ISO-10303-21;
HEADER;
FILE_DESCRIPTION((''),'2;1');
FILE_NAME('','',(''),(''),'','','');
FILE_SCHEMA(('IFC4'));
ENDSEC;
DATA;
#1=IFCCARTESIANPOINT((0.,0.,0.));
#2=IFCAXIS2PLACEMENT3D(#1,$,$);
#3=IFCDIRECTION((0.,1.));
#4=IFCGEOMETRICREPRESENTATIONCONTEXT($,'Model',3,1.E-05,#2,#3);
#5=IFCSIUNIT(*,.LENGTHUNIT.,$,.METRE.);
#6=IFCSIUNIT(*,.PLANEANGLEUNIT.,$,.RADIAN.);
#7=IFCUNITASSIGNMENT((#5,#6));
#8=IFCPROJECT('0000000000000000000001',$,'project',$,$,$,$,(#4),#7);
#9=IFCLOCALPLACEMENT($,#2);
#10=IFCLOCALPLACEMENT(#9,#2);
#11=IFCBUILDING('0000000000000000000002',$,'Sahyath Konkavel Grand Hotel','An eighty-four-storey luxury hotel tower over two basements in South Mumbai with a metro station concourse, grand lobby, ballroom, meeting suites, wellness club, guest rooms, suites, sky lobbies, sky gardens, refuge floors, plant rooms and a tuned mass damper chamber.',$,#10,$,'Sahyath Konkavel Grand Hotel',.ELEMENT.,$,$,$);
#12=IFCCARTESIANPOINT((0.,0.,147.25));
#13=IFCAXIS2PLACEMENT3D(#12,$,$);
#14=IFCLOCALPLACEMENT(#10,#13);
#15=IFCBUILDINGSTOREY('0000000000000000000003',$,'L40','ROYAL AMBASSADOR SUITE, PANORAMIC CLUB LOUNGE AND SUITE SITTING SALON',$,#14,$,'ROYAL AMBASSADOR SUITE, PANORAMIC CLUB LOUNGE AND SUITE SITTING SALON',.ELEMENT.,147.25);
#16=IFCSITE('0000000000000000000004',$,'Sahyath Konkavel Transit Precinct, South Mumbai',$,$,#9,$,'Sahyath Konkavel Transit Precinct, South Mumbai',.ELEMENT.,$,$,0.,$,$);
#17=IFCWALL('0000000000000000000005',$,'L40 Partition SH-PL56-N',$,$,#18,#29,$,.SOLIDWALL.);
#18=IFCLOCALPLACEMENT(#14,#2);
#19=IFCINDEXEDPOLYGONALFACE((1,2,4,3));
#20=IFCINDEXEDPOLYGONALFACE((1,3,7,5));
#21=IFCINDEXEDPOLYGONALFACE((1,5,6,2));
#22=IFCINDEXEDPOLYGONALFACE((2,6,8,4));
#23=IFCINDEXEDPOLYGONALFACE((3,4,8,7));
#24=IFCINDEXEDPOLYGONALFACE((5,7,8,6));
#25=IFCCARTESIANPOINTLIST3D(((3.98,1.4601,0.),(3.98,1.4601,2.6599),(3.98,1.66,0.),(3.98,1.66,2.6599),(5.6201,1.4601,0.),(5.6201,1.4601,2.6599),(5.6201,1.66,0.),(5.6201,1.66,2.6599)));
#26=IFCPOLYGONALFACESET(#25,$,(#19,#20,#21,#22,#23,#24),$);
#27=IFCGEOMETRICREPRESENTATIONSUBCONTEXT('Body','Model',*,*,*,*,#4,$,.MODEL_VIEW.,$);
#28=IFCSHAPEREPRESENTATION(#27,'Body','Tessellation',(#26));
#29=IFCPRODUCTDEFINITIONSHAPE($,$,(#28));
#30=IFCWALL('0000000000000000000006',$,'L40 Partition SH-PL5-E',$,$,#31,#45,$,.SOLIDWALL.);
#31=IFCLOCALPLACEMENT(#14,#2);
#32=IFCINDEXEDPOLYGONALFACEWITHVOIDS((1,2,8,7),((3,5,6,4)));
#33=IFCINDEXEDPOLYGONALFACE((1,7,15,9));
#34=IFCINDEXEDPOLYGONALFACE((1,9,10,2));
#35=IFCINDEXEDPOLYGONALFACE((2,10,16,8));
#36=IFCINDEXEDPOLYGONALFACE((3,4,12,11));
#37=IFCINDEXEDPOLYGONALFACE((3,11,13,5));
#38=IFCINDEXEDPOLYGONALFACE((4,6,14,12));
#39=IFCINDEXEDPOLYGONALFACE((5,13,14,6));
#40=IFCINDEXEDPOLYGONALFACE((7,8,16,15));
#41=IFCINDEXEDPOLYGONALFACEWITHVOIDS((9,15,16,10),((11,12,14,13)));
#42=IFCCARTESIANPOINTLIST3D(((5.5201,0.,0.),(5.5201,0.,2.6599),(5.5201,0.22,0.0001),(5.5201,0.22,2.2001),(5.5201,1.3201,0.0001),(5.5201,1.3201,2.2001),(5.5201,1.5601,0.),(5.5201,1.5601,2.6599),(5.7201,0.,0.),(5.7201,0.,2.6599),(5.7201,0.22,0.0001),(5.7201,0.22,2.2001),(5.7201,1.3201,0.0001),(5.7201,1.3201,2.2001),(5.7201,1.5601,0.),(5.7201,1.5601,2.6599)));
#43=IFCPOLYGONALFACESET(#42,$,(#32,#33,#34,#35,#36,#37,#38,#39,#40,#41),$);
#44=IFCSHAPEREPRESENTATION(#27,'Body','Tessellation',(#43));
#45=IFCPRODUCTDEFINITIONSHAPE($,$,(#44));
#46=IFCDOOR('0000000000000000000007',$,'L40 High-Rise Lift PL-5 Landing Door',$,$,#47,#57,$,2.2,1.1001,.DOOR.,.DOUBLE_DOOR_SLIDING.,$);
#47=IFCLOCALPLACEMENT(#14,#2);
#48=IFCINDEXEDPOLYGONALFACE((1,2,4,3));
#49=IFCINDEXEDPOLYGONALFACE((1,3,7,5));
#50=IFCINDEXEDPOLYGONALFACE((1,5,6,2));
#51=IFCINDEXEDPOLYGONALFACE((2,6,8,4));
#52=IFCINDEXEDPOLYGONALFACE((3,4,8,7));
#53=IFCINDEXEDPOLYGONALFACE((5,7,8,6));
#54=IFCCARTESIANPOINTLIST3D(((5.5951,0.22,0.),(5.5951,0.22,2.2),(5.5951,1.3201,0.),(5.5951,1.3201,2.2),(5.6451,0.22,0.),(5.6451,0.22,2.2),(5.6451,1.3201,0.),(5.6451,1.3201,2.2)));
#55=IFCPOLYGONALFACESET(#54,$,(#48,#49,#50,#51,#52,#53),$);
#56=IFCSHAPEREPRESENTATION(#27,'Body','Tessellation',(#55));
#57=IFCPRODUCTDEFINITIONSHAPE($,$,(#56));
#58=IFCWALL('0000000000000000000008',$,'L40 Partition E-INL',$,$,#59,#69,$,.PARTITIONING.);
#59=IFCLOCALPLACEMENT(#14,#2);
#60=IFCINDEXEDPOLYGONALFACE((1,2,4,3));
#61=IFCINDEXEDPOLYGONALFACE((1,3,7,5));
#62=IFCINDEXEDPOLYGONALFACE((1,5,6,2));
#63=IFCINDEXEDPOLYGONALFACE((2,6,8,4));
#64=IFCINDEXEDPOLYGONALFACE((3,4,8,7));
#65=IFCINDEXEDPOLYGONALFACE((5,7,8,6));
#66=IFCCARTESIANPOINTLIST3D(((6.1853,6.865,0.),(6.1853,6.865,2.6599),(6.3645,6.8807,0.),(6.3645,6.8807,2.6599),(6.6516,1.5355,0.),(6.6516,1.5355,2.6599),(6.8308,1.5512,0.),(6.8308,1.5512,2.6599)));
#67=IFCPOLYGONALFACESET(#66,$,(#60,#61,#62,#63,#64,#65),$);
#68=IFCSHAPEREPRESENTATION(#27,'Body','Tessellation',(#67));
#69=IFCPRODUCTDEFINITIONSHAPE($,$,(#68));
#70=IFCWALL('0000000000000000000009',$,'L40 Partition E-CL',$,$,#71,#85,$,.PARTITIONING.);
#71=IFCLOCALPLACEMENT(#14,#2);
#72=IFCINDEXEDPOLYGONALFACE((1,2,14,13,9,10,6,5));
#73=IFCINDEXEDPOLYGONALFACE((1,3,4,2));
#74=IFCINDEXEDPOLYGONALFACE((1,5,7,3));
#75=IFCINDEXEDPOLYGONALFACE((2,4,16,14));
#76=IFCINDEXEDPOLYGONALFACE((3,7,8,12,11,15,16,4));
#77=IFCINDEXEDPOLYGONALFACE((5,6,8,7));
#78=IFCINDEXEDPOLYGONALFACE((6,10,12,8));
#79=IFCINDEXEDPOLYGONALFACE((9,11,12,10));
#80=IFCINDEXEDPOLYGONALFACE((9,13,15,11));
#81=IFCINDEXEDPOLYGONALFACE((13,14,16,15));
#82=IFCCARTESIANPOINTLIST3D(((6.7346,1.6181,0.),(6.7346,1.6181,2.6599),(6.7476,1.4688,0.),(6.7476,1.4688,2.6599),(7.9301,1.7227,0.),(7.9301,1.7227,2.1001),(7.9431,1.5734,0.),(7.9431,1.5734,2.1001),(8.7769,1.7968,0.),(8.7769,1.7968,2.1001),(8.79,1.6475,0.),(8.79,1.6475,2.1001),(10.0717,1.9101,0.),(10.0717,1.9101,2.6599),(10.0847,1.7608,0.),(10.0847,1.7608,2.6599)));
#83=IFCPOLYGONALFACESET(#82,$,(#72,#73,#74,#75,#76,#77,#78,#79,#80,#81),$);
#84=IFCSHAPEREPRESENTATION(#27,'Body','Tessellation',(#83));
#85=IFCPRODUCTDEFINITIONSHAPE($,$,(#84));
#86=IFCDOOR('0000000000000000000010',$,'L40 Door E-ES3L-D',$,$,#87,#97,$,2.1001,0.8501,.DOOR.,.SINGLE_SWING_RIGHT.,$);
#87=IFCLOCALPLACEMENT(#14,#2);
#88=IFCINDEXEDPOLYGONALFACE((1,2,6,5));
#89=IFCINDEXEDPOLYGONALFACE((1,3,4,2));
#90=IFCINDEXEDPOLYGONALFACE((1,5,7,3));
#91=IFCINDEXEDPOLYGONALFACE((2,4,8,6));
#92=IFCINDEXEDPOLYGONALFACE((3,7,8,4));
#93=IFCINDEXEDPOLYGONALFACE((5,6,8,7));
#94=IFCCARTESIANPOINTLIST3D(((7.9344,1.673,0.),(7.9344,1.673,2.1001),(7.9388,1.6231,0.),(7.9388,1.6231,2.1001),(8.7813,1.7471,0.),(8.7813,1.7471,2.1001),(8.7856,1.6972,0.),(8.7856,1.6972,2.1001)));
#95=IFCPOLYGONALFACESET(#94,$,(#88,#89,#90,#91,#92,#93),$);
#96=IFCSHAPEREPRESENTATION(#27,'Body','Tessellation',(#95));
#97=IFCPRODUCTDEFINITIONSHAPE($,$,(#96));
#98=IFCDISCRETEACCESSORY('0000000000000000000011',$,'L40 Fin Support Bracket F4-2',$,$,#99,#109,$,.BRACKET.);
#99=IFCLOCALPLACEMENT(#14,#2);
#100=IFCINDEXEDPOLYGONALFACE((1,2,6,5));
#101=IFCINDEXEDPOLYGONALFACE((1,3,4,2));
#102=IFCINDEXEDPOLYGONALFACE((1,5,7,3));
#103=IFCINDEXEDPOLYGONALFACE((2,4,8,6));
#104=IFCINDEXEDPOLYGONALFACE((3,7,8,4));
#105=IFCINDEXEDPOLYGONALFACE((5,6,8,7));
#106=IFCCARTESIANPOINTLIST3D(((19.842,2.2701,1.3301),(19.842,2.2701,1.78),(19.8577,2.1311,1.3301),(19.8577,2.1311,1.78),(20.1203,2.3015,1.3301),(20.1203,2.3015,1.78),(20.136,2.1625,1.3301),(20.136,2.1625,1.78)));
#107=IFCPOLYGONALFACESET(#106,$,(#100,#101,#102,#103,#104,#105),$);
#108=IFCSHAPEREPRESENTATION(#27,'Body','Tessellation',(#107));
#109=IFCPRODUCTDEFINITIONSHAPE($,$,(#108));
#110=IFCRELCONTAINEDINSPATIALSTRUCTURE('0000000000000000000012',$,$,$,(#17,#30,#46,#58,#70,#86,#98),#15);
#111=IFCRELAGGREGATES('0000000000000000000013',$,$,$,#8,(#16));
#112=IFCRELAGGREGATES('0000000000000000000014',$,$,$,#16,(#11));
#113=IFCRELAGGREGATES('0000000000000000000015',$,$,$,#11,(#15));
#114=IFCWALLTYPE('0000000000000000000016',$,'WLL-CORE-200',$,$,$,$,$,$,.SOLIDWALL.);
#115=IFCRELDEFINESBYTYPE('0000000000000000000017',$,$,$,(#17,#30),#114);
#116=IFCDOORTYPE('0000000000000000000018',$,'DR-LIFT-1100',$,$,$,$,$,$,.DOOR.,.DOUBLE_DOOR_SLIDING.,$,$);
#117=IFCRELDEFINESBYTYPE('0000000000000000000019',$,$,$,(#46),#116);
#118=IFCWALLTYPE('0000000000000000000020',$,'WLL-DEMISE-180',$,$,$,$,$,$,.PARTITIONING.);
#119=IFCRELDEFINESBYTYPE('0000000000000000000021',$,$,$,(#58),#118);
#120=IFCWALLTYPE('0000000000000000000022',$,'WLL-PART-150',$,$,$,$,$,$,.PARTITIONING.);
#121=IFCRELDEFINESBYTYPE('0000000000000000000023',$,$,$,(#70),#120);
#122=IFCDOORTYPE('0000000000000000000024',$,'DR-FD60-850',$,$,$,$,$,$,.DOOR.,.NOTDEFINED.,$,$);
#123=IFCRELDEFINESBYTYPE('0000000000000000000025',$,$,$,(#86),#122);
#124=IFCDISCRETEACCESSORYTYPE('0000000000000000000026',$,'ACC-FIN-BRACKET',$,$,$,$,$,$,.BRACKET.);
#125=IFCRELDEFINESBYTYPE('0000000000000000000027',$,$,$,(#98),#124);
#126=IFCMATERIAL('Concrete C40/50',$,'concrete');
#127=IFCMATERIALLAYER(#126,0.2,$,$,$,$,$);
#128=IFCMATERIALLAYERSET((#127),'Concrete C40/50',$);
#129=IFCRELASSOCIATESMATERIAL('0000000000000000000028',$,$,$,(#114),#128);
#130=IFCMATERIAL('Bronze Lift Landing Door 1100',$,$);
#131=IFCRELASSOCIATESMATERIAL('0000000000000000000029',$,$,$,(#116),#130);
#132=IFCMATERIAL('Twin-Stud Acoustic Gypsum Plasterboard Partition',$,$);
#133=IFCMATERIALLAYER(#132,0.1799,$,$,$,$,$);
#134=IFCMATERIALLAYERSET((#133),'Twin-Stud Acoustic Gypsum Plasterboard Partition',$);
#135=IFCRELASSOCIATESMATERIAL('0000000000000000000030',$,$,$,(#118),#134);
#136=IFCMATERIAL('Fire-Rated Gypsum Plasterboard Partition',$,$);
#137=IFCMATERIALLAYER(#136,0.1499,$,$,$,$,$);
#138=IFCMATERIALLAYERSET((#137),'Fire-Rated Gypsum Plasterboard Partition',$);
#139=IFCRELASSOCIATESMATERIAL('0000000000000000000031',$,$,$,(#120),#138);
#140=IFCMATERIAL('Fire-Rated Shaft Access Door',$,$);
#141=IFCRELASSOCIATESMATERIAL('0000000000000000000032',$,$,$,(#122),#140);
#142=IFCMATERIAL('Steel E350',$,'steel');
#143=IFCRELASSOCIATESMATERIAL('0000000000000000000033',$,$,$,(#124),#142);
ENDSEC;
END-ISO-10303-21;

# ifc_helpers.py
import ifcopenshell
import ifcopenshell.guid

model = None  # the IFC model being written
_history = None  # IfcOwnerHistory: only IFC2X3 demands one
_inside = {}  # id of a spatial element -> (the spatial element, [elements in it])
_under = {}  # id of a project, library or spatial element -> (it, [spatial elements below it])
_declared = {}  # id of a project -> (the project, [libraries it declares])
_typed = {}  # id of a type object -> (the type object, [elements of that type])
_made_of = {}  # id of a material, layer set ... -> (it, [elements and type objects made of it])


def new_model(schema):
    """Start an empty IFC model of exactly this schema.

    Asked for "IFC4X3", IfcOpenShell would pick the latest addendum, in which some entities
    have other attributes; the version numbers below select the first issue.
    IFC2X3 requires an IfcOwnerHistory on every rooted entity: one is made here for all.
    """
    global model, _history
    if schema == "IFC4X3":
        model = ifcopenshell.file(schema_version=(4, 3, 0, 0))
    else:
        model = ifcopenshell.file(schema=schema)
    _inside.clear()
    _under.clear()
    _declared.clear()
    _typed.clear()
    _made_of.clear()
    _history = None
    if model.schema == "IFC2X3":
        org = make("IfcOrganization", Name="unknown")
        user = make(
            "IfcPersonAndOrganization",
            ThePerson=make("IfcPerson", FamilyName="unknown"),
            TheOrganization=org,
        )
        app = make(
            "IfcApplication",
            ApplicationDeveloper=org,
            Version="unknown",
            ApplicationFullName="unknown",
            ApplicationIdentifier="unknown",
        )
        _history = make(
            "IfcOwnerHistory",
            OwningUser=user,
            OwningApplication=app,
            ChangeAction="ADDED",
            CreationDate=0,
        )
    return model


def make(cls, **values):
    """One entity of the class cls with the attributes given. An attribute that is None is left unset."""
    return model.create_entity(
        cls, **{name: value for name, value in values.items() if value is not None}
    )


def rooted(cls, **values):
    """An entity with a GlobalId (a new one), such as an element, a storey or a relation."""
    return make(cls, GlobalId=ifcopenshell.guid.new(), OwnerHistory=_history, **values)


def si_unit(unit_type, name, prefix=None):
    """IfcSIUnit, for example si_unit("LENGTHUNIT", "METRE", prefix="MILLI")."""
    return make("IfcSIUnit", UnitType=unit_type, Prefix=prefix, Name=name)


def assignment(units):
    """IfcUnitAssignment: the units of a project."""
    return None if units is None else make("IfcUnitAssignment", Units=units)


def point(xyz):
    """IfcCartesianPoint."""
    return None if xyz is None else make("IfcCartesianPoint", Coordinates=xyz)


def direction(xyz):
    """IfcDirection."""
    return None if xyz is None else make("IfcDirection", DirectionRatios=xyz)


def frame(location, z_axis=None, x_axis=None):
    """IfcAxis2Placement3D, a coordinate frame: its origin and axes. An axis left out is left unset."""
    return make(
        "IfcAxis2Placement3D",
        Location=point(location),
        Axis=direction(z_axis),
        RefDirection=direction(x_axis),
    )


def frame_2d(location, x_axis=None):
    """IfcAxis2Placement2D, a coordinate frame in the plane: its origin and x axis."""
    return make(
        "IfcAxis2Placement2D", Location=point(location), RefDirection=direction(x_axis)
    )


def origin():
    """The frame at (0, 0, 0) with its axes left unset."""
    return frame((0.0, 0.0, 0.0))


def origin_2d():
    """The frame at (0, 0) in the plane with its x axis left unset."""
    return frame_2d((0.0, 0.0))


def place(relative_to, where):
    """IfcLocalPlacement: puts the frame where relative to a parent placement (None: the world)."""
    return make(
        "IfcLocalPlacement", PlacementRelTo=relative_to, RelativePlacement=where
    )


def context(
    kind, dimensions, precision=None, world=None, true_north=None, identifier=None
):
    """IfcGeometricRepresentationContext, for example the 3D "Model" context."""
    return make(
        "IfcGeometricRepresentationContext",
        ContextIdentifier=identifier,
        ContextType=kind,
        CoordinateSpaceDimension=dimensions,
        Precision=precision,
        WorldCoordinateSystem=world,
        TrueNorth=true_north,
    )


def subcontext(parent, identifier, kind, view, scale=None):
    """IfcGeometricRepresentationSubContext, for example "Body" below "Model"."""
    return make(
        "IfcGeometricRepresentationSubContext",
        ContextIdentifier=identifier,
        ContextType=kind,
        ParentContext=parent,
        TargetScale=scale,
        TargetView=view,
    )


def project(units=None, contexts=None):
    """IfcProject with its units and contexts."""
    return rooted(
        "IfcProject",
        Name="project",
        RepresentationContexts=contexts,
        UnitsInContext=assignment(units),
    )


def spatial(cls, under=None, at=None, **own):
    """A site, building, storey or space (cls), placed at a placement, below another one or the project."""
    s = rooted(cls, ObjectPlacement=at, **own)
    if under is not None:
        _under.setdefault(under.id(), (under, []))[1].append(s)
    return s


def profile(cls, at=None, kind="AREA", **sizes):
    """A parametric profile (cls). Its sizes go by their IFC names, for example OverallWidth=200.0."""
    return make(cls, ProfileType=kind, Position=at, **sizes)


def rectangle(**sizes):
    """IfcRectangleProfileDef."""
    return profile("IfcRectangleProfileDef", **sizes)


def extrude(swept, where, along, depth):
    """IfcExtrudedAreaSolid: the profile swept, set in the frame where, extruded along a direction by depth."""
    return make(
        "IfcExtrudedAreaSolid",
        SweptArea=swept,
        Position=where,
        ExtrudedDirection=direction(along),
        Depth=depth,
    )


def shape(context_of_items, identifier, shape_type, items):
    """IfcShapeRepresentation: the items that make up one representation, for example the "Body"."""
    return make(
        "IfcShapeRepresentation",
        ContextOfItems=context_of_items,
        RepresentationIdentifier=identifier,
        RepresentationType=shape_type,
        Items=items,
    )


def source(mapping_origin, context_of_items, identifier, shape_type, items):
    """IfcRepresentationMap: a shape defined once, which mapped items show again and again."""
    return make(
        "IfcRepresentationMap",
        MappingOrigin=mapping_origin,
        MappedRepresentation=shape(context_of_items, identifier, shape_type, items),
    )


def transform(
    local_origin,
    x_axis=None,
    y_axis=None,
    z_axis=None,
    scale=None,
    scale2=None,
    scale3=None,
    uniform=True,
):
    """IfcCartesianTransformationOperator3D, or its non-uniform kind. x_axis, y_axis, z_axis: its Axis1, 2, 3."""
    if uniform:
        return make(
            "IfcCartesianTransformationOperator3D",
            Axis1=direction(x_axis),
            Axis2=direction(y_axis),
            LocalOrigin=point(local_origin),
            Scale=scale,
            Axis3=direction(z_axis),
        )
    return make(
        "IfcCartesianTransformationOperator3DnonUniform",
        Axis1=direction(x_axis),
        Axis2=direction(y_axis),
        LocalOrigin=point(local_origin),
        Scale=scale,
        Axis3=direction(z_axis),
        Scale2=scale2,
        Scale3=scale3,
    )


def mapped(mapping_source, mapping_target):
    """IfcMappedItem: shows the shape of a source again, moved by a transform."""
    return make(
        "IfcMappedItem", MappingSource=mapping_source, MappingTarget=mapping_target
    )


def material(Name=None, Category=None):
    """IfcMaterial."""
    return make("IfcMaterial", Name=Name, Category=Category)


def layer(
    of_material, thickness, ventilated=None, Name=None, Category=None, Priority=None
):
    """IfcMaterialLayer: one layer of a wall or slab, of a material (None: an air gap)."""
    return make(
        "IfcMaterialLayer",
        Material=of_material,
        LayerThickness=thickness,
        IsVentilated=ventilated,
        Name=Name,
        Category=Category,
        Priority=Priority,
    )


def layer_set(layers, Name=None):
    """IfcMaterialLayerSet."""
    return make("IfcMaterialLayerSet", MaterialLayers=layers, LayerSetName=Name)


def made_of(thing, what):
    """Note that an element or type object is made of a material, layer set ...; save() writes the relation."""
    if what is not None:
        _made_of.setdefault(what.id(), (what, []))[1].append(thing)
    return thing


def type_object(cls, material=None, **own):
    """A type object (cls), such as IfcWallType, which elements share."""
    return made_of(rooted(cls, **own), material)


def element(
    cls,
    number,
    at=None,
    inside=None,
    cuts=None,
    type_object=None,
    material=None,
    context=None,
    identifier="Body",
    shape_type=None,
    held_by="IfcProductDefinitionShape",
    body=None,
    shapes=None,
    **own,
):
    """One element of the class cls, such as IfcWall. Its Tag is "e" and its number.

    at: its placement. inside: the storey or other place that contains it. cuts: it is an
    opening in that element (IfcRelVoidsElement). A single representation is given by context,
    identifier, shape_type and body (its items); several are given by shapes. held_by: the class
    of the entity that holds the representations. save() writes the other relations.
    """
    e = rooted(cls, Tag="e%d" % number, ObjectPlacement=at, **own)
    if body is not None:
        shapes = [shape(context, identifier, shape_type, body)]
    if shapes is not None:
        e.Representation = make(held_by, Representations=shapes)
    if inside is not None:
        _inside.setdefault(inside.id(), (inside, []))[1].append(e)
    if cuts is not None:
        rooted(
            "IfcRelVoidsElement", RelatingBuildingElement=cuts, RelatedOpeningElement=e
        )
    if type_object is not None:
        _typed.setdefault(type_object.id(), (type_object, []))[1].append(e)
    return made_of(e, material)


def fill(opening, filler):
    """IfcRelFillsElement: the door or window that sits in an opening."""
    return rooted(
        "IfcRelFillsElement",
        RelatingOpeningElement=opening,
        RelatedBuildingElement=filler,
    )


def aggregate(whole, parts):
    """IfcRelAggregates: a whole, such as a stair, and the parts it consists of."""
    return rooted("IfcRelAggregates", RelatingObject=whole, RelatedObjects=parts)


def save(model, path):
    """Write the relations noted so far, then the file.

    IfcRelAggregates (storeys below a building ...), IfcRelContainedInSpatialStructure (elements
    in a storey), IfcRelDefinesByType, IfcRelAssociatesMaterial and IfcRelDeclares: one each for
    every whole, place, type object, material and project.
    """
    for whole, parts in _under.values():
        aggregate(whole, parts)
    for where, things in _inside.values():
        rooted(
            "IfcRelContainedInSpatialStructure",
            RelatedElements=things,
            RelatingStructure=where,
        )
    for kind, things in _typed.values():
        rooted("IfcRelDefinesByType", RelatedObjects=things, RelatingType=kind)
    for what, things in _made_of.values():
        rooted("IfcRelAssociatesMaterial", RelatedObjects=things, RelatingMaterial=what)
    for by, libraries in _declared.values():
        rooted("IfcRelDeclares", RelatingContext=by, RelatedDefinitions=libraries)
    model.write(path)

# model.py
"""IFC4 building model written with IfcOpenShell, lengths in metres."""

from ifc_helpers import new_model, si_unit, direction, frame, frame_2d, origin, origin_2d, place, context, subcontext, project, spatial, rectangle, extrude, source, transform, mapped, material, layer, layer_set, type_object, element, fill, save


model = new_model("IFC4")

# Units and contexts
model_context = context("Model", 3, precision=1e-05, world=origin(), true_north=direction((0.0, 1.0)))
body_context = subcontext(model_context, "Body", "Model", "MODEL_VIEW")
ifc_project = project(units=[si_unit("LENGTHUNIT", "METRE"), si_unit("PLANEANGLEUNIT", "RADIAN")], contexts=[model_context])

# Site, building, storey
site_placement = place(None, origin())
site = spatial("IfcSite", under=ifc_project, at=site_placement, Name="Sahyath Konkavel Transit Precinct, South Mumbai", LongName="Sahyath Konkavel Transit Precinct, South Mumbai", CompositionType="ELEMENT", RefElevation=0.0)
building_placement = place(site_placement, origin())
building = spatial("IfcBuilding", under=site, at=building_placement, Name="Sahyath Konkavel Grand Hotel", Description="An eighty-four-storey luxury hotel tower over two basements in South Mumbai with a metro station concourse, grand lobby, ballroom, meeting suites, wellness club, guest rooms, suites, sky lobbies, sky gardens, refuge floors, plant rooms and a tuned mass damper chamber.", LongName="Sahyath Konkavel Grand Hotel", CompositionType="ELEMENT")
storey_placement = place(building_placement, frame((0.0, 0.0, 147.25)))
storey = spatial("IfcBuildingStorey", under=building, at=storey_placement, Name="L40", Description="ROYAL AMBASSADOR SUITE, PANORAMIC CLUB LOUNGE AND SUITE SITTING SALON", LongName="ROYAL AMBASSADOR SUITE, PANORAMIC CLUB LOUNGE AND SUITE SITTING SALON", CompositionType="ELEMENT", Elevation=147.25)

# Shared definitions
ifc_material_1 = material(Name="Concrete C40/50", Category="concrete")

# Shared definitions
ifc_material_2 = material(Name="Steel E350", Category="steel")

# Wall
ifc_layer_1 = layer(ifc_material_1, 0.2)
ifc_layer_set_1 = layer_set([ifc_layer_1], Name="Concrete C40/50")
wall_type_1 = type_object("IfcWallType", Name="WLL-CORE-200", PredefinedType="SOLIDWALL", material=ifc_layer_set_1)
wall_1_placement = place(storey_placement, frame((3.98, 1.5601, 0.0), z_axis=(0.0, 0.0, 1.0), x_axis=(1.0, 0.0, 0.0)))
element("IfcWall", 1, at=wall_1_placement, inside=storey, type_object=wall_type_1, Name="L40 Partition SH-PL56-N", PredefinedType="SOLIDWALL", context=body_context, shape_type="SweptSolid", body=[
    extrude(rectangle(XDim=1.6401, YDim=0.2, at=frame_2d((0.8201, 0.0))), origin(), (0.0, 0.0, 1.0), 2.6599),
])

# Wall, opening, door
wall_2_placement = place(storey_placement, frame((5.6201, 0.0, 0.0), z_axis=(0.0, 0.0, 1.0), x_axis=(0.0, 1.0, 0.0)))
wall_2 = element("IfcWall", 2, at=wall_2_placement, inside=storey, type_object=wall_type_1, Name="L40 Partition SH-PL5-E", PredefinedType="SOLIDWALL", context=body_context, shape_type="SweptSolid", body=[
    extrude(rectangle(XDim=1.5601, YDim=0.2, at=frame_2d((0.78, 0.0))), origin(), (0.0, 0.0, 1.0), 2.6599),
])
opening_1_placement = place(wall_2_placement, frame((0.22, 0.0, 0.0)))
opening_1 = element("IfcOpeningElement", 3, at=opening_1_placement, cuts=wall_2, PredefinedType="OPENING", context=body_context, shape_type="SweptSolid", body=[
    extrude(rectangle(XDim=1.1001, YDim=2.2, at=frame_2d((0.55, 1.1001))), frame((0.0, 0.1099, 0.0), z_axis=(0.0, -1.0, 0.0), x_axis=(1.0, 0.0, 0.0)), (0.0, 0.0, 1.0), 0.22),
])
ifc_material_3 = material(Name="Bronze Lift Landing Door 1100")
door_type_1 = type_object("IfcDoorType", Name="DR-LIFT-1100", OperationType="DOUBLE_DOOR_SLIDING", PredefinedType="DOOR", material=ifc_material_3)
shared_shape_1 = source(origin(), body_context, "Body", "SweptSolid", [
    extrude(rectangle(XDim=1.1001, YDim=0.05, at=origin_2d()), origin(), (0.0, 0.0, 1.0), 2.2),
])
door_1_placement = place(opening_1_placement, frame((0.55, 0.0, 0.0)))
door_1 = element("IfcDoor", 4, at=door_1_placement, inside=storey, type_object=door_type_1, Name="L40 High-Rise Lift PL-5 Landing Door", OperationType="DOUBLE_DOOR_SLIDING", OverallHeight=2.2, OverallWidth=1.1001, PredefinedType="DOOR", context=body_context, shape_type="MappedRepresentation", body=[
    mapped(shared_shape_1, transform((0.0, 0.0, 0.0), scale=1.0)),
])
fill(opening_1, door_1)

# Wall
ifc_material_4 = material(Name="Twin-Stud Acoustic Gypsum Plasterboard Partition")
ifc_layer_2 = layer(ifc_material_4, 0.1799)
ifc_layer_set_2 = layer_set([ifc_layer_2], Name="Twin-Stud Acoustic Gypsum Plasterboard Partition")
wall_type_2 = type_object("IfcWallType", Name="WLL-DEMISE-180", PredefinedType="PARTITIONING", material=ifc_layer_set_2)
wall_3_placement = place(storey_placement, frame((6.7412, 1.5435, 0.0), z_axis=(0.0, 0.0, 1.0), x_axis=(-0.087161, 0.996194, 0.0)))
element("IfcWall", 5, at=wall_3_placement, inside=storey, type_object=wall_type_2, Name="L40 Partition E-INL", PredefinedType="PARTITIONING", context=body_context, shape_type="SweptSolid", body=[
    extrude(rectangle(XDim=5.3499, YDim=0.1799, at=frame_2d((2.6748, 0.0))), origin(), (0.0, 0.0, 1.0), 2.6599),
])

# Wall, opening, door
ifc_material_5 = material(Name="Fire-Rated Gypsum Plasterboard Partition")
ifc_layer_3 = layer(ifc_material_5, 0.1499)
ifc_layer_set_3 = layer_set([ifc_layer_3], Name="Fire-Rated Gypsum Plasterboard Partition")
wall_type_3 = type_object("IfcWallType", Name="WLL-PART-150", PredefinedType="PARTITIONING", material=ifc_layer_set_3)
wall_4_placement = place(storey_placement, frame((6.7412, 1.5435, 0.0), z_axis=(0.0, 0.0, 1.0), x_axis=(0.996194, 0.087164, 0.0)))
wall_4 = element("IfcWall", 6, at=wall_4_placement, inside=storey, type_object=wall_type_3, Name="L40 Partition E-CL", PredefinedType="PARTITIONING", context=body_context, shape_type="SweptSolid", body=[
    extrude(rectangle(XDim=3.3499, YDim=0.1499, at=frame_2d((1.6748, 0.0))), origin(), (0.0, 0.0, 1.0), 2.6599),
])
opening_2_placement = place(wall_4_placement, frame((1.2, 0.0, 0.0)))
opening_2 = element("IfcOpeningElement", 7, at=opening_2_placement, cuts=wall_4, PredefinedType="OPENING", context=body_context, shape_type="SweptSolid", body=[
    extrude(rectangle(XDim=0.8501, YDim=2.1001, at=frame_2d((0.425, 1.05))), frame((0.0, 0.085, 0.0), z_axis=(0.0, -1.0, 0.0), x_axis=(1.0, 0.0, 0.0)), (0.0, 0.0, 1.0), 0.1699),
])
ifc_material_6 = material(Name="Fire-Rated Shaft Access Door")
door_type_2 = type_object("IfcDoorType", Name="DR-FD60-850", OperationType="NOTDEFINED", PredefinedType="DOOR", material=ifc_material_6)
shared_shape_2 = source(origin(), body_context, "Body", "SweptSolid", [
    extrude(rectangle(XDim=0.8501, YDim=0.05, at=origin_2d()), origin(), (0.0, 0.0, 1.0), 2.1001),
])
door_2_placement = place(opening_2_placement, frame((0.425, 0.0, 0.0)))
door_2 = element("IfcDoor", 8, at=door_2_placement, inside=storey, type_object=door_type_2, Name="L40 Door E-ES3L-D", OperationType="SINGLE_SWING_RIGHT", OverallHeight=2.1001, OverallWidth=0.8501, PredefinedType="DOOR", context=body_context, shape_type="MappedRepresentation", body=[
    mapped(shared_shape_2, transform((0.0, 0.0, 0.0), scale=1.0)),
])
fill(opening_2, door_2)

# Discrete accessory
discrete_accessory_type = type_object("IfcDiscreteAccessoryType", Name="ACC-FIN-BRACKET", PredefinedType="BRACKET", material=ifc_material_2)
shared_shape_3 = source(origin(), body_context, "Body", "SweptSolid", [
    extrude(rectangle(XDim=0.28, YDim=0.1399, at=origin_2d()), origin(), (0.0, 0.0, 1.0), 0.45),
])
discrete_accessory_placement = place(storey_placement, frame((19.989, 2.2163, 1.3301), z_axis=(0.0, 0.0, 1.0), x_axis=(0.993709, 0.111989, 0.0)))
element("IfcDiscreteAccessory", 9, at=discrete_accessory_placement, inside=storey, type_object=discrete_accessory_type, Name="L40 Fin Support Bracket F4-2", PredefinedType="BRACKET", context=body_context, shape_type="MappedRepresentation", body=[
    mapped(shared_shape_3, transform((0.0, 0.0, 0.0), scale=1.0)),
])

save(model, "model.ifc")
